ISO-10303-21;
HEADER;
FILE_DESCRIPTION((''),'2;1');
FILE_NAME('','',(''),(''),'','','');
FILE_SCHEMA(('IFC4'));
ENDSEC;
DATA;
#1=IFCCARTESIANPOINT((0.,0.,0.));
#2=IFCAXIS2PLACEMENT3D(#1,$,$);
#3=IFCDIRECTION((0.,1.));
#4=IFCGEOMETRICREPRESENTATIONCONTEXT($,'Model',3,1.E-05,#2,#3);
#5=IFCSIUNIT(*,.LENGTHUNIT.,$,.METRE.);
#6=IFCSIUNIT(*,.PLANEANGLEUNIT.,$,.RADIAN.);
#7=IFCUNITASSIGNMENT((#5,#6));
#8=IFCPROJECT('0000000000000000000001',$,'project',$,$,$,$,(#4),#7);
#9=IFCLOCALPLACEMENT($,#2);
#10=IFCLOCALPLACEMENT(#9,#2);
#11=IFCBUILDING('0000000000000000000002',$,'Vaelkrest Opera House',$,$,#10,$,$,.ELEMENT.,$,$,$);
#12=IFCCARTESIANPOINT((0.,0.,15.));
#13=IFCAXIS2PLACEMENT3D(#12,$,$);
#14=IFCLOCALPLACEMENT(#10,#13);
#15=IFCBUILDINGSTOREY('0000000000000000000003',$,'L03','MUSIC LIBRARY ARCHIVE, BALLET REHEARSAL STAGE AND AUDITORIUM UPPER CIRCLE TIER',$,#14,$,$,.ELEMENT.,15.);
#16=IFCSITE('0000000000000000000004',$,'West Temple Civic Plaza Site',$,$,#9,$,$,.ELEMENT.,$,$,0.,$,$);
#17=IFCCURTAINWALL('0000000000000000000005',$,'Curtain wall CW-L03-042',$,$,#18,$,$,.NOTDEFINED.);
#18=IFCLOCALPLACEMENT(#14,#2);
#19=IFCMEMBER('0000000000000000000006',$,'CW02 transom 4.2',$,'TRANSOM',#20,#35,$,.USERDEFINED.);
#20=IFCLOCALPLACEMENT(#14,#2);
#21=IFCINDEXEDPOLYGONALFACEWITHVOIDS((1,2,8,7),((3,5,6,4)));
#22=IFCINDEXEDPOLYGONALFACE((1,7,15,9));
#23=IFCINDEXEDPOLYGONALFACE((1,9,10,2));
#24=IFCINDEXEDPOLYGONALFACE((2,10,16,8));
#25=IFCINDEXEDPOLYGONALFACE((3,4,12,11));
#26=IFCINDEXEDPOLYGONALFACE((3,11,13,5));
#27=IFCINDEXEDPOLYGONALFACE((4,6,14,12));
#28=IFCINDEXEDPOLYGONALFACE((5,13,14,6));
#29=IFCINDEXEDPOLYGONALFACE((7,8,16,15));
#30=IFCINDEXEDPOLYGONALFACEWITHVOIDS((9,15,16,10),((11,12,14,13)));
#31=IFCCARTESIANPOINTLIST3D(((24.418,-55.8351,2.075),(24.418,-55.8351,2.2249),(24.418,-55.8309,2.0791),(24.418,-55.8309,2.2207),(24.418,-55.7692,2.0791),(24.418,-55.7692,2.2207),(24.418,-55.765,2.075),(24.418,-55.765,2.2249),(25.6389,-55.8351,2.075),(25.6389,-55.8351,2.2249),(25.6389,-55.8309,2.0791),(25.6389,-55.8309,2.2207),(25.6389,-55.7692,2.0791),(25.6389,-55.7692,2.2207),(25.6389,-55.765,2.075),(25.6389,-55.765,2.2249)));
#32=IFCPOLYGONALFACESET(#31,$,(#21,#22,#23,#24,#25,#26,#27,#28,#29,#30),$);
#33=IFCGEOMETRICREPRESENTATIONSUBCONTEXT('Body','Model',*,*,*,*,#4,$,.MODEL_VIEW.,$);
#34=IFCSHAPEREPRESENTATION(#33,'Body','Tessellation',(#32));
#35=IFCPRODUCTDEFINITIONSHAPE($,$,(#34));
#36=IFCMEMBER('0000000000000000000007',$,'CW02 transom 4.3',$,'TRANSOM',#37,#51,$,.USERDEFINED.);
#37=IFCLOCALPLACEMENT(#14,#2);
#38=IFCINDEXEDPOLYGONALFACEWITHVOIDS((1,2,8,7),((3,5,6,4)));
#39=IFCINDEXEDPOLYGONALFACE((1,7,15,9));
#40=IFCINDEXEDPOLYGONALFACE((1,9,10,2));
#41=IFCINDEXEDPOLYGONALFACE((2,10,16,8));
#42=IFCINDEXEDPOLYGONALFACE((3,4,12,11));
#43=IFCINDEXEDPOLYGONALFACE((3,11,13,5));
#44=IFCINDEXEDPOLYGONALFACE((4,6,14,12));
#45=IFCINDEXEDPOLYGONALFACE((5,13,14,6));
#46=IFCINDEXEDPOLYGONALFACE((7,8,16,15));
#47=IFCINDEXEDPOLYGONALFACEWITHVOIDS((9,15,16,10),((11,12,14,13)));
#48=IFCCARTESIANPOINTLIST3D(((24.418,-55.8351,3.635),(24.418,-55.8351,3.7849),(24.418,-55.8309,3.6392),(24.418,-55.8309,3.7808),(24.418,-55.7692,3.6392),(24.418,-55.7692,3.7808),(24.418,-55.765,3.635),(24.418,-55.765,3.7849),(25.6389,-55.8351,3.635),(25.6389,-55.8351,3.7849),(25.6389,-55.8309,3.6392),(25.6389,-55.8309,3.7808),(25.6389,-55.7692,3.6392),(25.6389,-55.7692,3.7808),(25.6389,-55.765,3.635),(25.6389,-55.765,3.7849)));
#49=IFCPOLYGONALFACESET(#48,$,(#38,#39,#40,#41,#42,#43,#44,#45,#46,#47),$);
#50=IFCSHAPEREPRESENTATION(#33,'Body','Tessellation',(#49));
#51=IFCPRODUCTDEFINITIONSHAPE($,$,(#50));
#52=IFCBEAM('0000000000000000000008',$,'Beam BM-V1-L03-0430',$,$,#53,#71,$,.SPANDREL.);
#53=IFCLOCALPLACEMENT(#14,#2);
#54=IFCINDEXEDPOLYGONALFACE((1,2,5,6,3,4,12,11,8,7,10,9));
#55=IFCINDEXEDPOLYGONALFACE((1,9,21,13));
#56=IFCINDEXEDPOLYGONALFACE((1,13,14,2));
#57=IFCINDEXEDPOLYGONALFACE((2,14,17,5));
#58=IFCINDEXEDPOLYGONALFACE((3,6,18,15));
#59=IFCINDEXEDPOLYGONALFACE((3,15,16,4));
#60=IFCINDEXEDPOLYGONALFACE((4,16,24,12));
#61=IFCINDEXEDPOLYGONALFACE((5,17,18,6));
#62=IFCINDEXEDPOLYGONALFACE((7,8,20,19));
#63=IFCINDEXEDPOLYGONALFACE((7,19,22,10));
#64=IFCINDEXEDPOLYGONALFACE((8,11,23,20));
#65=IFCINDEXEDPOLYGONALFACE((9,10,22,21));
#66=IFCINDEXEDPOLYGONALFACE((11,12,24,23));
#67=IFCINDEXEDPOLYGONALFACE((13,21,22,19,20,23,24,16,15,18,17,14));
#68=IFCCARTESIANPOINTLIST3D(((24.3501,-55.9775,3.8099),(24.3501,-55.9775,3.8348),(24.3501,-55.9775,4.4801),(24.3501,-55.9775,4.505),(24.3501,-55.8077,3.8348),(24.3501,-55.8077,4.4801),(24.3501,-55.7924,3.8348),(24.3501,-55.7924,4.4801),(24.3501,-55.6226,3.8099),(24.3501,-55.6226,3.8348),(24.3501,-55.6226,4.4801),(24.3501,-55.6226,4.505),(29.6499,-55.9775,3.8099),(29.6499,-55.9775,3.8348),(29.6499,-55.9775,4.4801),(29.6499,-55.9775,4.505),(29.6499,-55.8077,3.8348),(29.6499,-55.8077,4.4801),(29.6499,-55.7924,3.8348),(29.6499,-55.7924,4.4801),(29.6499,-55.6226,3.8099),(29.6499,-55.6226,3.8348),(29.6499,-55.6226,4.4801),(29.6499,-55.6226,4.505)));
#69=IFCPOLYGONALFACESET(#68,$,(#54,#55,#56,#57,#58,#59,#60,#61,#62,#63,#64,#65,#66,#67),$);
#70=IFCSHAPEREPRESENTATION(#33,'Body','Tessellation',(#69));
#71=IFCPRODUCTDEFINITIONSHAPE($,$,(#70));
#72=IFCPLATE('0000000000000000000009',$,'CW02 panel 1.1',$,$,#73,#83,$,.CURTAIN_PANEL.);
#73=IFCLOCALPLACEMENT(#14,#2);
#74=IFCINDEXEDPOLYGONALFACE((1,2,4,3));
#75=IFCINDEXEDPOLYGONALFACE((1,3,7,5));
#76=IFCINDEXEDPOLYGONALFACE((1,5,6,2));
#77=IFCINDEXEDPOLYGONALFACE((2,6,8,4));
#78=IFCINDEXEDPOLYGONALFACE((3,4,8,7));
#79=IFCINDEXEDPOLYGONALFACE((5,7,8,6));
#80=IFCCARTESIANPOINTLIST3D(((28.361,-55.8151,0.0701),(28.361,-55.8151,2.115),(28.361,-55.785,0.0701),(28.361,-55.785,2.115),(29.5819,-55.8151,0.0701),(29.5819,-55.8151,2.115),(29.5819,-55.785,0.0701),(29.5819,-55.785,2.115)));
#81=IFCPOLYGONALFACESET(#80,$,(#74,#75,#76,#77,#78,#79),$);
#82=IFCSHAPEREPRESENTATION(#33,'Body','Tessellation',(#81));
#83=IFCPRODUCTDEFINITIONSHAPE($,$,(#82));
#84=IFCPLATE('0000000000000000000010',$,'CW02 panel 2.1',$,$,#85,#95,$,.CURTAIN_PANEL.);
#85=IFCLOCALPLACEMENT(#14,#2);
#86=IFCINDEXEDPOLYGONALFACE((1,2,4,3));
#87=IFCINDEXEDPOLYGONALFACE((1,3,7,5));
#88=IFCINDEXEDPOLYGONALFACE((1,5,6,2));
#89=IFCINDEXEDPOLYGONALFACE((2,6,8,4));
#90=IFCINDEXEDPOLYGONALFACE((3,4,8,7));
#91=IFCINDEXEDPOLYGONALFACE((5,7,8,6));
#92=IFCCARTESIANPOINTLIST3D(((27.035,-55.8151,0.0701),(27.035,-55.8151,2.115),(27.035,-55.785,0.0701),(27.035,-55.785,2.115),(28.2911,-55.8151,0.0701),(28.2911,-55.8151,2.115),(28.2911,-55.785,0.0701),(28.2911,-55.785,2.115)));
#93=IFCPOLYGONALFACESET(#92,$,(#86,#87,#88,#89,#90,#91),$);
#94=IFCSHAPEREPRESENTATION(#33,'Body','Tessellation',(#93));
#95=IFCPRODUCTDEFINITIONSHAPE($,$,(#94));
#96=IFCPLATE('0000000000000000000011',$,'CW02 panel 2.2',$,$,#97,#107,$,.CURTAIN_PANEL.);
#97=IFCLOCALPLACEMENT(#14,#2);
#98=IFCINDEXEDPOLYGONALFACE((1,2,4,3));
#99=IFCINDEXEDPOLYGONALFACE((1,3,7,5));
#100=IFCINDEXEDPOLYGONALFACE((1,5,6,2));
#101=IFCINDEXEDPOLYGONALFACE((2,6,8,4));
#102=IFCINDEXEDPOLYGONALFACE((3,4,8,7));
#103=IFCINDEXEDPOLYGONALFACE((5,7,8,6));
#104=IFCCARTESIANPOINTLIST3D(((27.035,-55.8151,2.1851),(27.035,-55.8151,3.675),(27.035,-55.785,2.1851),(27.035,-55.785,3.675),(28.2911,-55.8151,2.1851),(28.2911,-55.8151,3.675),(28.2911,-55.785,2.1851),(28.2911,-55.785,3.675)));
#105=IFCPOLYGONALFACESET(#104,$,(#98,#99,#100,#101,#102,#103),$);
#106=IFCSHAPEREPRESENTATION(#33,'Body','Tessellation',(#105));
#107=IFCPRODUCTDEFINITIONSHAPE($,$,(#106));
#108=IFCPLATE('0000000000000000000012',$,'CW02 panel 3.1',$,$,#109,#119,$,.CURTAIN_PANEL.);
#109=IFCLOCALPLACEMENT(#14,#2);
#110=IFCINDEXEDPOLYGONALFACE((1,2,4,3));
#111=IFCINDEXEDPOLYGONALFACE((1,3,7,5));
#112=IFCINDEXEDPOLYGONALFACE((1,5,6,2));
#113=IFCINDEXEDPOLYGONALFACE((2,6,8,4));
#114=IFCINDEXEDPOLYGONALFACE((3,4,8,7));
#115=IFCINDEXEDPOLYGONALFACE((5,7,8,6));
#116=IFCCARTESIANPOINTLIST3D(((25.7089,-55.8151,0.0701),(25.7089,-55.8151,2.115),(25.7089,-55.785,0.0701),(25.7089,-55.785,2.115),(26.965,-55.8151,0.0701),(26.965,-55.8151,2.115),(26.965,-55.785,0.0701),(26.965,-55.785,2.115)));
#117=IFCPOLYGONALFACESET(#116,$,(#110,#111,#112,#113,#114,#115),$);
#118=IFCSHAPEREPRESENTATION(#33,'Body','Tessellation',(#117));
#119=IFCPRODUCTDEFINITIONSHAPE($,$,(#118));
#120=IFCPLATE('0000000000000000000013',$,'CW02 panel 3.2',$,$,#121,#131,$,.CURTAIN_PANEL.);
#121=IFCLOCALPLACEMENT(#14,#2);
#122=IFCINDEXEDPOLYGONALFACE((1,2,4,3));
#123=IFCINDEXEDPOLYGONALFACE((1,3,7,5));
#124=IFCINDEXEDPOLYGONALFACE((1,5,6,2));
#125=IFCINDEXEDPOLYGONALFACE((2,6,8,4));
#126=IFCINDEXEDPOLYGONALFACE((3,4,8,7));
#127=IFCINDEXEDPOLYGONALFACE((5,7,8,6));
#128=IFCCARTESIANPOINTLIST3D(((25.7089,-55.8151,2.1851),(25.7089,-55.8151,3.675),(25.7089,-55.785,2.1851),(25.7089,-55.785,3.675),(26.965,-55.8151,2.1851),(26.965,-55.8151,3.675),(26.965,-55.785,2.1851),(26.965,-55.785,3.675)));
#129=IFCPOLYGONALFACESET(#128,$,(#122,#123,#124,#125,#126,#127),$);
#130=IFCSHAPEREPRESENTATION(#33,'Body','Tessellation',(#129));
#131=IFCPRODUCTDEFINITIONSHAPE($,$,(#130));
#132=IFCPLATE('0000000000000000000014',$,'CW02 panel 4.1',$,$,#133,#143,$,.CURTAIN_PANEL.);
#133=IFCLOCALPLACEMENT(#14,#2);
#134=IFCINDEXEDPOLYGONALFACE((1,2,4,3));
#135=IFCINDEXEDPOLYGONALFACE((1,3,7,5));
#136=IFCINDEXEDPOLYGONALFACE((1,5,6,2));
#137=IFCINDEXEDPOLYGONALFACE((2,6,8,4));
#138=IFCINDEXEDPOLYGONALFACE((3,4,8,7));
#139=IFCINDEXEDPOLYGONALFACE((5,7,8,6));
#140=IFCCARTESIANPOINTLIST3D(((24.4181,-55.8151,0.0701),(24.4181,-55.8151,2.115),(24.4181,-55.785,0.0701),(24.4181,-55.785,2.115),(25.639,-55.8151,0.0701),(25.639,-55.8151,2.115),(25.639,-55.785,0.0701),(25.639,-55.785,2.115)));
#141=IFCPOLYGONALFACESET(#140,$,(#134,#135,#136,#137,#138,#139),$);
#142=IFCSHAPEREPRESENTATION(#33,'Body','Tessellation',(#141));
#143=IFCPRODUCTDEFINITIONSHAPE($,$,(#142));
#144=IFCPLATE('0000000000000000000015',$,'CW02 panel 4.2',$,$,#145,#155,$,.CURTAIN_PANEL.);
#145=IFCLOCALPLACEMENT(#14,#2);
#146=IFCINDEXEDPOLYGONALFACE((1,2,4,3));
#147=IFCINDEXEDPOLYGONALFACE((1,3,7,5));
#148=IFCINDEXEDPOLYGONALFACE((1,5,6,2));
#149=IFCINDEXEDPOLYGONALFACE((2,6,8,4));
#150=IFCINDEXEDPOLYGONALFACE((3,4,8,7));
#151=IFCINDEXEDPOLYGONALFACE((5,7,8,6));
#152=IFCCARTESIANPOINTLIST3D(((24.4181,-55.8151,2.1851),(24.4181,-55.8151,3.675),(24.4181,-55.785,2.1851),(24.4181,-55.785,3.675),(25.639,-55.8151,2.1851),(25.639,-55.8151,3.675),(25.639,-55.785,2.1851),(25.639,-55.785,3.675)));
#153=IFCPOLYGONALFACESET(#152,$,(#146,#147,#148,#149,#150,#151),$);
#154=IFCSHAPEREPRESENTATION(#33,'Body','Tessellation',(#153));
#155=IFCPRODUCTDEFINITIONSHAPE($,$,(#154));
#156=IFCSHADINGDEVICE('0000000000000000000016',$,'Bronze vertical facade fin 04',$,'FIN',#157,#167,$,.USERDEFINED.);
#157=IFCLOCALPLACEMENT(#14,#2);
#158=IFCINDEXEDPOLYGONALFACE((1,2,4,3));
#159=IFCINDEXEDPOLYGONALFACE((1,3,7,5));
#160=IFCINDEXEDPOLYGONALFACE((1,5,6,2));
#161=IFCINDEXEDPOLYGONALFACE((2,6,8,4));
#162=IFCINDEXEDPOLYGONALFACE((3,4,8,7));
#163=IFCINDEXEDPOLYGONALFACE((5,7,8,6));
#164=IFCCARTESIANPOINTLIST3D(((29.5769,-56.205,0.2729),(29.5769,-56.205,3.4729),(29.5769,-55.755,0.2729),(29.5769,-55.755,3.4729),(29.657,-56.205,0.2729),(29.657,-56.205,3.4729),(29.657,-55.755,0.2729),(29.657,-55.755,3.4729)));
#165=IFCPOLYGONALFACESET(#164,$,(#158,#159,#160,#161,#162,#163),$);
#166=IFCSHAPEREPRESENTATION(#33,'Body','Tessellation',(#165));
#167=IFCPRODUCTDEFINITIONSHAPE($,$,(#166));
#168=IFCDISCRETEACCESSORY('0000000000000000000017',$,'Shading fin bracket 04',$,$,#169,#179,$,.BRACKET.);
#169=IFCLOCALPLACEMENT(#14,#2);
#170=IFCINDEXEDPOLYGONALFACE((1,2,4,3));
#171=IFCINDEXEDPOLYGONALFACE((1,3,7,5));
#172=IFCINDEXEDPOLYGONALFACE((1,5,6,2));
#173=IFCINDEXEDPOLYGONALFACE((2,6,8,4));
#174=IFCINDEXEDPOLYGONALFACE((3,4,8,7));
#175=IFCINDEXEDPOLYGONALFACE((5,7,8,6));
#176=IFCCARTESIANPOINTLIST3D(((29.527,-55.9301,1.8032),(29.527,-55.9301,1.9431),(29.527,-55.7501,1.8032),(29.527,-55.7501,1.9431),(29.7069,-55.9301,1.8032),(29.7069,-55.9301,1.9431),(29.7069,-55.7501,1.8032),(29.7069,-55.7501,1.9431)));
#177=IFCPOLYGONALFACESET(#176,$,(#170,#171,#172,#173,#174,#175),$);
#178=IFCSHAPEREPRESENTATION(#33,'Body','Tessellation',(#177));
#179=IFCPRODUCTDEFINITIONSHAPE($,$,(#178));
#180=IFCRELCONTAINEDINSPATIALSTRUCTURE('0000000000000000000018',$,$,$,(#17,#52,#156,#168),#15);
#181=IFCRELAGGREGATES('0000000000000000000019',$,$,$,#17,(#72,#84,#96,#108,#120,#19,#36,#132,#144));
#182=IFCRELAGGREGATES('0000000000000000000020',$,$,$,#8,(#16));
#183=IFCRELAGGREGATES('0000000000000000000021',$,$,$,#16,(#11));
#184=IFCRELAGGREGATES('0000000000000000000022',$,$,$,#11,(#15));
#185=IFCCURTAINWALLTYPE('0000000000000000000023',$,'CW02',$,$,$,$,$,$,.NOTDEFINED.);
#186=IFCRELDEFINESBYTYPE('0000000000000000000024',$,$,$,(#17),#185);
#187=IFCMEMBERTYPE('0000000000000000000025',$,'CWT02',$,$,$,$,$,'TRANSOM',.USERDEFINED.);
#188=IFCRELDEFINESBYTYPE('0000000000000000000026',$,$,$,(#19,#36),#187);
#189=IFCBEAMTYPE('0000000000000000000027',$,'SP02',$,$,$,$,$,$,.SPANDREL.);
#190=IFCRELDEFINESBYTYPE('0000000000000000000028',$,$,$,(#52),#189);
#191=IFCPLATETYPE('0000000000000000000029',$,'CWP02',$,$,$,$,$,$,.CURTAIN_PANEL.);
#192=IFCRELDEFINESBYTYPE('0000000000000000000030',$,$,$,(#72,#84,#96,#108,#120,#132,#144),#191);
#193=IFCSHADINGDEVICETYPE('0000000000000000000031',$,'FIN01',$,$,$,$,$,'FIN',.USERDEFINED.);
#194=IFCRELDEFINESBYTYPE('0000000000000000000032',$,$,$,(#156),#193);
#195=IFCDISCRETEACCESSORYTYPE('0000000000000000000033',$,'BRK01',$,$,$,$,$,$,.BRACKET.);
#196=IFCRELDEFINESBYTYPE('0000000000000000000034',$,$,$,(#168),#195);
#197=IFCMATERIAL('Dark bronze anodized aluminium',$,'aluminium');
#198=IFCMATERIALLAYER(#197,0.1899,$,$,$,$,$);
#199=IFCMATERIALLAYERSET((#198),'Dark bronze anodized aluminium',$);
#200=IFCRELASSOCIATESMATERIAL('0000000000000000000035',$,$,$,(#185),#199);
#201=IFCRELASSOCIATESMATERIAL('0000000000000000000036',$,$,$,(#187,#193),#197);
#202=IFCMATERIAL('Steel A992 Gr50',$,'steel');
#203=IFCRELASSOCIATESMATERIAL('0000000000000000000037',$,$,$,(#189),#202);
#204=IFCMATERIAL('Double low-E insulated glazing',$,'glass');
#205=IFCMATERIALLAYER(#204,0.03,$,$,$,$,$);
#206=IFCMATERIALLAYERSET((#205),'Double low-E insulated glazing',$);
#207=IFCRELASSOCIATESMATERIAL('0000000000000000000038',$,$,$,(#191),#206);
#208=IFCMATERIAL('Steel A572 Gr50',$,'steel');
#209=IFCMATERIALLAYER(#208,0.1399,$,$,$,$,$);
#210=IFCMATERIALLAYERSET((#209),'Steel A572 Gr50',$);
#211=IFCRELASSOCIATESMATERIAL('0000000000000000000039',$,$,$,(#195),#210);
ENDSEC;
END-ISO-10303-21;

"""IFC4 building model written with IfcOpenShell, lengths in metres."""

from ifc_helpers import new_model, si_unit, direction, frame, origin, origin_2d, place, context, subcontext, project, spatial, rectangle, hollow_rectangle, i_section, extrude, material, layer, layer_set, material_profile, profile_set, type_object, element, aggregate, save


model = new_model("IFC4")

# Units and contexts
model_context = context("Model", 3, precision=1e-05, world=origin(), true_north=direction((0.0, 1.0)))
body_context = subcontext(model_context, "Body", "Model", "MODEL_VIEW")
ifc_project = project(units=[si_unit("LENGTHUNIT", "METRE"), si_unit("PLANEANGLEUNIT", "RADIAN")], contexts=[model_context])

# Site, building, storey
site_placement = place(None, origin())
site = spatial("IfcSite", under=ifc_project, at=site_placement, Name="West Temple Civic Plaza Site", CompositionType="ELEMENT", RefElevation=0.0)
building_placement = place(site_placement, origin())
building = spatial("IfcBuilding", under=site, at=building_placement, Name="Vaelkrest Opera House", CompositionType="ELEMENT")
storey_placement = place(building_placement, frame((0.0, 0.0, 15.0)))
storey = spatial("IfcBuildingStorey", under=building, at=storey_placement, Name="L03", Description="MUSIC LIBRARY ARCHIVE, BALLET REHEARSAL STAGE AND AUDITORIUM UPPER CIRCLE TIER", CompositionType="ELEMENT", Elevation=15.0)

# Curtain wall, members
ifc_material_1 = material(Name="Dark bronze anodized aluminium", Category="aluminium")
ifc_layer_1 = layer(ifc_material_1, 0.1899)
ifc_layer_set_1 = layer_set([ifc_layer_1], Name="Dark bronze anodized aluminium")
curtain_wall_type = type_object("IfcCurtainWallType", Name="CW02", PredefinedType="NOTDEFINED", material=ifc_layer_set_1)
curtain_wall_placement = place(storey_placement, origin())
curtain_wall = element("IfcCurtainWall", 1, at=curtain_wall_placement, inside=storey, type_object=curtain_wall_type, Name="Curtain wall CW-L03-042", PredefinedType="NOTDEFINED")
ifc_material_profile_1 = material_profile(ifc_material_1, hollow_rectangle(XDim=0.0701, YDim=0.1499, WallThickness=0.0042, at=origin_2d()), Name="CWT70X150")
ifc_profile_set_1 = profile_set([ifc_material_profile_1], Name="Dark bronze anodized aluminium")
member_type_1 = type_object("IfcMemberType", Name="CWT02", ElementType="TRANSOM", PredefinedType="USERDEFINED", material=ifc_profile_set_1)
member_1_placement = place(storey_placement, frame((25.6389, -55.8, 2.1499), z_axis=(-1.0, 0.0, 0.0), x_axis=(0.0, -1.0, 0.0)))
member_1 = element("IfcMember", 2, at=member_1_placement, type_object=member_type_1, Name="CW02 transom 4.2", ObjectType="TRANSOM", PredefinedType="USERDEFINED", context=body_context, shape_type="SweptSolid", body=[
    extrude(hollow_rectangle(XDim=0.0701, YDim=0.1499, WallThickness=0.0042, at=origin_2d()), origin(), (0.0, 0.0, 1.0), 1.2209),
])
member_2_placement = place(storey_placement, frame((25.6389, -55.8, 3.71), z_axis=(-1.0, 0.0, 0.0), x_axis=(0.0, -1.0, 0.0)))
member_2 = element("IfcMember", 3, at=member_2_placement, type_object=member_type_1, Name="CW02 transom 4.3", ObjectType="TRANSOM", PredefinedType="USERDEFINED", context=body_context, shape_type="SweptSolid", body=[
    extrude(hollow_rectangle(XDim=0.0701, YDim=0.1499, WallThickness=0.0042, at=origin_2d()), origin(), (0.0, 0.0, 1.0), 1.2209),
])

# Beam
ifc_material_2 = material(Name="Steel A992 Gr50", Category="steel")
ifc_material_profile_2 = material_profile(ifc_material_2, i_section(OverallWidth=0.355, OverallDepth=0.6951, WebThickness=0.0154, FlangeThickness=0.0249, at=origin_2d()), Name="W27X146")
ifc_profile_set_2 = profile_set([ifc_material_profile_2], Name="Steel A992 Gr50")
beam_type = type_object("IfcBeamType", Name="SP02", PredefinedType="SPANDREL", material=ifc_profile_set_2)
beam_placement = place(storey_placement, frame((24.3501, -55.8, 4.1575), z_axis=(1.0, 0.0, 0.0), x_axis=(0.0, 1.0, 0.0)))
element("IfcBeam", 4, at=beam_placement, inside=storey, type_object=beam_type, Name="Beam BM-V1-L03-0430", PredefinedType="SPANDREL", context=body_context, shape_type="SweptSolid", body=[
    extrude(i_section(OverallWidth=0.355, OverallDepth=0.6951, WebThickness=0.0154, FlangeThickness=0.0249, at=origin_2d()), origin(), (0.0, 0.0, 1.0), 5.2998),
])

# Plates
ifc_material_3 = material(Name="Double low-E insulated glazing", Category="glass")
ifc_layer_2 = layer(ifc_material_3, 0.03)
ifc_layer_set_2 = layer_set([ifc_layer_2], Name="Double low-E insulated glazing")
plate_type = type_object("IfcPlateType", Name="CWP02", PredefinedType="CURTAIN_PANEL", material=ifc_layer_set_2)
plate_1_placement = place(storey_placement, frame((28.9714, -55.8, 0.0701), z_axis=(0.0, 0.0, 1.0), x_axis=(-1.0, 0.0, 0.0)))
plate_1 = element("IfcPlate", 5, at=plate_1_placement, type_object=plate_type, Name="CW02 panel 1.1", PredefinedType="CURTAIN_PANEL", context=body_context, shape_type="SweptSolid", body=[
    extrude(rectangle(XDim=1.2209, YDim=0.03, at=origin_2d()), origin(), (0.0, 0.0, 1.0), 2.0449),
])
plate_2_placement = place(storey_placement, frame((27.6631, -55.8, 0.0701), z_axis=(0.0, 0.0, 1.0), x_axis=(-1.0, 0.0, 0.0)))
plate_2 = element("IfcPlate", 6, at=plate_2_placement, type_object=plate_type, Name="CW02 panel 2.1", PredefinedType="CURTAIN_PANEL", context=body_context, shape_type="SweptSolid", body=[
    extrude(rectangle(XDim=1.2561, YDim=0.03, at=origin_2d()), origin(), (0.0, 0.0, 1.0), 2.0449),
])
plate_3_placement = place(storey_placement, frame((27.6631, -55.8, 2.1851), z_axis=(0.0, 0.0, 1.0), x_axis=(-1.0, 0.0, 0.0)))
plate_3 = element("IfcPlate", 7, at=plate_3_placement, type_object=plate_type, Name="CW02 panel 2.2", PredefinedType="CURTAIN_PANEL", context=body_context, shape_type="SweptSolid", body=[
    extrude(rectangle(XDim=1.2561, YDim=0.03, at=origin_2d()), origin(), (0.0, 0.0, 1.0), 1.49),
])
plate_4_placement = place(storey_placement, frame((26.3369, -55.8, 0.0701), z_axis=(0.0, 0.0, 1.0), x_axis=(-1.0, 0.0, 0.0)))
plate_4 = element("IfcPlate", 8, at=plate_4_placement, type_object=plate_type, Name="CW02 panel 3.1", PredefinedType="CURTAIN_PANEL", context=body_context, shape_type="SweptSolid", body=[
    extrude(rectangle(XDim=1.2561, YDim=0.03, at=origin_2d()), origin(), (0.0, 0.0, 1.0), 2.0449),
])
plate_5_placement = place(storey_placement, frame((26.3369, -55.8, 2.1851), z_axis=(0.0, 0.0, 1.0), x_axis=(-1.0, 0.0, 0.0)))
plate_5 = element("IfcPlate", 9, at=plate_5_placement, type_object=plate_type, Name="CW02 panel 3.2", PredefinedType="CURTAIN_PANEL", context=body_context, shape_type="SweptSolid", body=[
    extrude(rectangle(XDim=1.2561, YDim=0.03, at=origin_2d()), origin(), (0.0, 0.0, 1.0), 1.49),
])
plate_6_placement = place(storey_placement, frame((25.0286, -55.8, 0.0701), z_axis=(0.0, 0.0, 1.0), x_axis=(-1.0, 0.0, 0.0)))
plate_6 = element("IfcPlate", 10, at=plate_6_placement, type_object=plate_type, Name="CW02 panel 4.1", PredefinedType="CURTAIN_PANEL", context=body_context, shape_type="SweptSolid", body=[
    extrude(rectangle(XDim=1.2209, YDim=0.03, at=origin_2d()), origin(), (0.0, 0.0, 1.0), 2.0449),
])
plate_7_placement = place(storey_placement, frame((25.0286, -55.8, 2.1851), z_axis=(0.0, 0.0, 1.0), x_axis=(-1.0, 0.0, 0.0)))
plate_7 = element("IfcPlate", 11, at=plate_7_placement, type_object=plate_type, Name="CW02 panel 4.2", PredefinedType="CURTAIN_PANEL", context=body_context, shape_type="SweptSolid", body=[
    extrude(rectangle(XDim=1.2209, YDim=0.03, at=origin_2d()), origin(), (0.0, 0.0, 1.0), 1.49),
])
aggregate(curtain_wall, [plate_1, plate_2, plate_3, plate_4, plate_5, member_1, member_2, plate_6, plate_7])

# Shading device
shading_device_type = type_object("IfcShadingDeviceType", Name="FIN01", ElementType="FIN", PredefinedType="USERDEFINED", material=ifc_material_1)
shading_device_placement = place(storey_placement, frame((29.6169, -55.98, 0.2729), z_axis=(0.0, 0.0, 1.0), x_axis=(0.0, -1.0, 0.0)))
element("IfcShadingDevice", 12, at=shading_device_placement, inside=storey, type_object=shading_device_type, Name="Bronze vertical facade fin 04", ObjectType="FIN", PredefinedType="USERDEFINED", context=body_context, shape_type="SweptSolid", body=[
    extrude(rectangle(XDim=0.45, YDim=0.0801, at=origin_2d()), origin(), (0.0, 0.0, 1.0), 3.2),
])

# Discrete accessory
ifc_material_4 = material(Name="Steel A572 Gr50", Category="steel")
ifc_layer_3 = layer(ifc_material_4, 0.1399)
ifc_layer_set_3 = layer_set([ifc_layer_3], Name="Steel A572 Gr50")
discrete_accessory_type = type_object("IfcDiscreteAccessoryType", Name="BRK01", PredefinedType="BRACKET", material=ifc_layer_set_3)
discrete_accessory_placement = place(storey_placement, frame((29.6169, -55.8401, 1.8032), z_axis=(0.0, 0.0, 1.0), x_axis=(0.0, -1.0, 0.0)))
element("IfcDiscreteAccessory", 13, at=discrete_accessory_placement, inside=storey, type_object=discrete_accessory_type, Name="Shading fin bracket 04", PredefinedType="BRACKET", context=body_context, shape_type="SweptSolid", body=[
    extrude(rectangle(XDim=0.1799, YDim=0.1799, at=origin_2d()), origin(), (0.0, 0.0, 1.0), 0.1399),
])

save(model, "model.ifc")
